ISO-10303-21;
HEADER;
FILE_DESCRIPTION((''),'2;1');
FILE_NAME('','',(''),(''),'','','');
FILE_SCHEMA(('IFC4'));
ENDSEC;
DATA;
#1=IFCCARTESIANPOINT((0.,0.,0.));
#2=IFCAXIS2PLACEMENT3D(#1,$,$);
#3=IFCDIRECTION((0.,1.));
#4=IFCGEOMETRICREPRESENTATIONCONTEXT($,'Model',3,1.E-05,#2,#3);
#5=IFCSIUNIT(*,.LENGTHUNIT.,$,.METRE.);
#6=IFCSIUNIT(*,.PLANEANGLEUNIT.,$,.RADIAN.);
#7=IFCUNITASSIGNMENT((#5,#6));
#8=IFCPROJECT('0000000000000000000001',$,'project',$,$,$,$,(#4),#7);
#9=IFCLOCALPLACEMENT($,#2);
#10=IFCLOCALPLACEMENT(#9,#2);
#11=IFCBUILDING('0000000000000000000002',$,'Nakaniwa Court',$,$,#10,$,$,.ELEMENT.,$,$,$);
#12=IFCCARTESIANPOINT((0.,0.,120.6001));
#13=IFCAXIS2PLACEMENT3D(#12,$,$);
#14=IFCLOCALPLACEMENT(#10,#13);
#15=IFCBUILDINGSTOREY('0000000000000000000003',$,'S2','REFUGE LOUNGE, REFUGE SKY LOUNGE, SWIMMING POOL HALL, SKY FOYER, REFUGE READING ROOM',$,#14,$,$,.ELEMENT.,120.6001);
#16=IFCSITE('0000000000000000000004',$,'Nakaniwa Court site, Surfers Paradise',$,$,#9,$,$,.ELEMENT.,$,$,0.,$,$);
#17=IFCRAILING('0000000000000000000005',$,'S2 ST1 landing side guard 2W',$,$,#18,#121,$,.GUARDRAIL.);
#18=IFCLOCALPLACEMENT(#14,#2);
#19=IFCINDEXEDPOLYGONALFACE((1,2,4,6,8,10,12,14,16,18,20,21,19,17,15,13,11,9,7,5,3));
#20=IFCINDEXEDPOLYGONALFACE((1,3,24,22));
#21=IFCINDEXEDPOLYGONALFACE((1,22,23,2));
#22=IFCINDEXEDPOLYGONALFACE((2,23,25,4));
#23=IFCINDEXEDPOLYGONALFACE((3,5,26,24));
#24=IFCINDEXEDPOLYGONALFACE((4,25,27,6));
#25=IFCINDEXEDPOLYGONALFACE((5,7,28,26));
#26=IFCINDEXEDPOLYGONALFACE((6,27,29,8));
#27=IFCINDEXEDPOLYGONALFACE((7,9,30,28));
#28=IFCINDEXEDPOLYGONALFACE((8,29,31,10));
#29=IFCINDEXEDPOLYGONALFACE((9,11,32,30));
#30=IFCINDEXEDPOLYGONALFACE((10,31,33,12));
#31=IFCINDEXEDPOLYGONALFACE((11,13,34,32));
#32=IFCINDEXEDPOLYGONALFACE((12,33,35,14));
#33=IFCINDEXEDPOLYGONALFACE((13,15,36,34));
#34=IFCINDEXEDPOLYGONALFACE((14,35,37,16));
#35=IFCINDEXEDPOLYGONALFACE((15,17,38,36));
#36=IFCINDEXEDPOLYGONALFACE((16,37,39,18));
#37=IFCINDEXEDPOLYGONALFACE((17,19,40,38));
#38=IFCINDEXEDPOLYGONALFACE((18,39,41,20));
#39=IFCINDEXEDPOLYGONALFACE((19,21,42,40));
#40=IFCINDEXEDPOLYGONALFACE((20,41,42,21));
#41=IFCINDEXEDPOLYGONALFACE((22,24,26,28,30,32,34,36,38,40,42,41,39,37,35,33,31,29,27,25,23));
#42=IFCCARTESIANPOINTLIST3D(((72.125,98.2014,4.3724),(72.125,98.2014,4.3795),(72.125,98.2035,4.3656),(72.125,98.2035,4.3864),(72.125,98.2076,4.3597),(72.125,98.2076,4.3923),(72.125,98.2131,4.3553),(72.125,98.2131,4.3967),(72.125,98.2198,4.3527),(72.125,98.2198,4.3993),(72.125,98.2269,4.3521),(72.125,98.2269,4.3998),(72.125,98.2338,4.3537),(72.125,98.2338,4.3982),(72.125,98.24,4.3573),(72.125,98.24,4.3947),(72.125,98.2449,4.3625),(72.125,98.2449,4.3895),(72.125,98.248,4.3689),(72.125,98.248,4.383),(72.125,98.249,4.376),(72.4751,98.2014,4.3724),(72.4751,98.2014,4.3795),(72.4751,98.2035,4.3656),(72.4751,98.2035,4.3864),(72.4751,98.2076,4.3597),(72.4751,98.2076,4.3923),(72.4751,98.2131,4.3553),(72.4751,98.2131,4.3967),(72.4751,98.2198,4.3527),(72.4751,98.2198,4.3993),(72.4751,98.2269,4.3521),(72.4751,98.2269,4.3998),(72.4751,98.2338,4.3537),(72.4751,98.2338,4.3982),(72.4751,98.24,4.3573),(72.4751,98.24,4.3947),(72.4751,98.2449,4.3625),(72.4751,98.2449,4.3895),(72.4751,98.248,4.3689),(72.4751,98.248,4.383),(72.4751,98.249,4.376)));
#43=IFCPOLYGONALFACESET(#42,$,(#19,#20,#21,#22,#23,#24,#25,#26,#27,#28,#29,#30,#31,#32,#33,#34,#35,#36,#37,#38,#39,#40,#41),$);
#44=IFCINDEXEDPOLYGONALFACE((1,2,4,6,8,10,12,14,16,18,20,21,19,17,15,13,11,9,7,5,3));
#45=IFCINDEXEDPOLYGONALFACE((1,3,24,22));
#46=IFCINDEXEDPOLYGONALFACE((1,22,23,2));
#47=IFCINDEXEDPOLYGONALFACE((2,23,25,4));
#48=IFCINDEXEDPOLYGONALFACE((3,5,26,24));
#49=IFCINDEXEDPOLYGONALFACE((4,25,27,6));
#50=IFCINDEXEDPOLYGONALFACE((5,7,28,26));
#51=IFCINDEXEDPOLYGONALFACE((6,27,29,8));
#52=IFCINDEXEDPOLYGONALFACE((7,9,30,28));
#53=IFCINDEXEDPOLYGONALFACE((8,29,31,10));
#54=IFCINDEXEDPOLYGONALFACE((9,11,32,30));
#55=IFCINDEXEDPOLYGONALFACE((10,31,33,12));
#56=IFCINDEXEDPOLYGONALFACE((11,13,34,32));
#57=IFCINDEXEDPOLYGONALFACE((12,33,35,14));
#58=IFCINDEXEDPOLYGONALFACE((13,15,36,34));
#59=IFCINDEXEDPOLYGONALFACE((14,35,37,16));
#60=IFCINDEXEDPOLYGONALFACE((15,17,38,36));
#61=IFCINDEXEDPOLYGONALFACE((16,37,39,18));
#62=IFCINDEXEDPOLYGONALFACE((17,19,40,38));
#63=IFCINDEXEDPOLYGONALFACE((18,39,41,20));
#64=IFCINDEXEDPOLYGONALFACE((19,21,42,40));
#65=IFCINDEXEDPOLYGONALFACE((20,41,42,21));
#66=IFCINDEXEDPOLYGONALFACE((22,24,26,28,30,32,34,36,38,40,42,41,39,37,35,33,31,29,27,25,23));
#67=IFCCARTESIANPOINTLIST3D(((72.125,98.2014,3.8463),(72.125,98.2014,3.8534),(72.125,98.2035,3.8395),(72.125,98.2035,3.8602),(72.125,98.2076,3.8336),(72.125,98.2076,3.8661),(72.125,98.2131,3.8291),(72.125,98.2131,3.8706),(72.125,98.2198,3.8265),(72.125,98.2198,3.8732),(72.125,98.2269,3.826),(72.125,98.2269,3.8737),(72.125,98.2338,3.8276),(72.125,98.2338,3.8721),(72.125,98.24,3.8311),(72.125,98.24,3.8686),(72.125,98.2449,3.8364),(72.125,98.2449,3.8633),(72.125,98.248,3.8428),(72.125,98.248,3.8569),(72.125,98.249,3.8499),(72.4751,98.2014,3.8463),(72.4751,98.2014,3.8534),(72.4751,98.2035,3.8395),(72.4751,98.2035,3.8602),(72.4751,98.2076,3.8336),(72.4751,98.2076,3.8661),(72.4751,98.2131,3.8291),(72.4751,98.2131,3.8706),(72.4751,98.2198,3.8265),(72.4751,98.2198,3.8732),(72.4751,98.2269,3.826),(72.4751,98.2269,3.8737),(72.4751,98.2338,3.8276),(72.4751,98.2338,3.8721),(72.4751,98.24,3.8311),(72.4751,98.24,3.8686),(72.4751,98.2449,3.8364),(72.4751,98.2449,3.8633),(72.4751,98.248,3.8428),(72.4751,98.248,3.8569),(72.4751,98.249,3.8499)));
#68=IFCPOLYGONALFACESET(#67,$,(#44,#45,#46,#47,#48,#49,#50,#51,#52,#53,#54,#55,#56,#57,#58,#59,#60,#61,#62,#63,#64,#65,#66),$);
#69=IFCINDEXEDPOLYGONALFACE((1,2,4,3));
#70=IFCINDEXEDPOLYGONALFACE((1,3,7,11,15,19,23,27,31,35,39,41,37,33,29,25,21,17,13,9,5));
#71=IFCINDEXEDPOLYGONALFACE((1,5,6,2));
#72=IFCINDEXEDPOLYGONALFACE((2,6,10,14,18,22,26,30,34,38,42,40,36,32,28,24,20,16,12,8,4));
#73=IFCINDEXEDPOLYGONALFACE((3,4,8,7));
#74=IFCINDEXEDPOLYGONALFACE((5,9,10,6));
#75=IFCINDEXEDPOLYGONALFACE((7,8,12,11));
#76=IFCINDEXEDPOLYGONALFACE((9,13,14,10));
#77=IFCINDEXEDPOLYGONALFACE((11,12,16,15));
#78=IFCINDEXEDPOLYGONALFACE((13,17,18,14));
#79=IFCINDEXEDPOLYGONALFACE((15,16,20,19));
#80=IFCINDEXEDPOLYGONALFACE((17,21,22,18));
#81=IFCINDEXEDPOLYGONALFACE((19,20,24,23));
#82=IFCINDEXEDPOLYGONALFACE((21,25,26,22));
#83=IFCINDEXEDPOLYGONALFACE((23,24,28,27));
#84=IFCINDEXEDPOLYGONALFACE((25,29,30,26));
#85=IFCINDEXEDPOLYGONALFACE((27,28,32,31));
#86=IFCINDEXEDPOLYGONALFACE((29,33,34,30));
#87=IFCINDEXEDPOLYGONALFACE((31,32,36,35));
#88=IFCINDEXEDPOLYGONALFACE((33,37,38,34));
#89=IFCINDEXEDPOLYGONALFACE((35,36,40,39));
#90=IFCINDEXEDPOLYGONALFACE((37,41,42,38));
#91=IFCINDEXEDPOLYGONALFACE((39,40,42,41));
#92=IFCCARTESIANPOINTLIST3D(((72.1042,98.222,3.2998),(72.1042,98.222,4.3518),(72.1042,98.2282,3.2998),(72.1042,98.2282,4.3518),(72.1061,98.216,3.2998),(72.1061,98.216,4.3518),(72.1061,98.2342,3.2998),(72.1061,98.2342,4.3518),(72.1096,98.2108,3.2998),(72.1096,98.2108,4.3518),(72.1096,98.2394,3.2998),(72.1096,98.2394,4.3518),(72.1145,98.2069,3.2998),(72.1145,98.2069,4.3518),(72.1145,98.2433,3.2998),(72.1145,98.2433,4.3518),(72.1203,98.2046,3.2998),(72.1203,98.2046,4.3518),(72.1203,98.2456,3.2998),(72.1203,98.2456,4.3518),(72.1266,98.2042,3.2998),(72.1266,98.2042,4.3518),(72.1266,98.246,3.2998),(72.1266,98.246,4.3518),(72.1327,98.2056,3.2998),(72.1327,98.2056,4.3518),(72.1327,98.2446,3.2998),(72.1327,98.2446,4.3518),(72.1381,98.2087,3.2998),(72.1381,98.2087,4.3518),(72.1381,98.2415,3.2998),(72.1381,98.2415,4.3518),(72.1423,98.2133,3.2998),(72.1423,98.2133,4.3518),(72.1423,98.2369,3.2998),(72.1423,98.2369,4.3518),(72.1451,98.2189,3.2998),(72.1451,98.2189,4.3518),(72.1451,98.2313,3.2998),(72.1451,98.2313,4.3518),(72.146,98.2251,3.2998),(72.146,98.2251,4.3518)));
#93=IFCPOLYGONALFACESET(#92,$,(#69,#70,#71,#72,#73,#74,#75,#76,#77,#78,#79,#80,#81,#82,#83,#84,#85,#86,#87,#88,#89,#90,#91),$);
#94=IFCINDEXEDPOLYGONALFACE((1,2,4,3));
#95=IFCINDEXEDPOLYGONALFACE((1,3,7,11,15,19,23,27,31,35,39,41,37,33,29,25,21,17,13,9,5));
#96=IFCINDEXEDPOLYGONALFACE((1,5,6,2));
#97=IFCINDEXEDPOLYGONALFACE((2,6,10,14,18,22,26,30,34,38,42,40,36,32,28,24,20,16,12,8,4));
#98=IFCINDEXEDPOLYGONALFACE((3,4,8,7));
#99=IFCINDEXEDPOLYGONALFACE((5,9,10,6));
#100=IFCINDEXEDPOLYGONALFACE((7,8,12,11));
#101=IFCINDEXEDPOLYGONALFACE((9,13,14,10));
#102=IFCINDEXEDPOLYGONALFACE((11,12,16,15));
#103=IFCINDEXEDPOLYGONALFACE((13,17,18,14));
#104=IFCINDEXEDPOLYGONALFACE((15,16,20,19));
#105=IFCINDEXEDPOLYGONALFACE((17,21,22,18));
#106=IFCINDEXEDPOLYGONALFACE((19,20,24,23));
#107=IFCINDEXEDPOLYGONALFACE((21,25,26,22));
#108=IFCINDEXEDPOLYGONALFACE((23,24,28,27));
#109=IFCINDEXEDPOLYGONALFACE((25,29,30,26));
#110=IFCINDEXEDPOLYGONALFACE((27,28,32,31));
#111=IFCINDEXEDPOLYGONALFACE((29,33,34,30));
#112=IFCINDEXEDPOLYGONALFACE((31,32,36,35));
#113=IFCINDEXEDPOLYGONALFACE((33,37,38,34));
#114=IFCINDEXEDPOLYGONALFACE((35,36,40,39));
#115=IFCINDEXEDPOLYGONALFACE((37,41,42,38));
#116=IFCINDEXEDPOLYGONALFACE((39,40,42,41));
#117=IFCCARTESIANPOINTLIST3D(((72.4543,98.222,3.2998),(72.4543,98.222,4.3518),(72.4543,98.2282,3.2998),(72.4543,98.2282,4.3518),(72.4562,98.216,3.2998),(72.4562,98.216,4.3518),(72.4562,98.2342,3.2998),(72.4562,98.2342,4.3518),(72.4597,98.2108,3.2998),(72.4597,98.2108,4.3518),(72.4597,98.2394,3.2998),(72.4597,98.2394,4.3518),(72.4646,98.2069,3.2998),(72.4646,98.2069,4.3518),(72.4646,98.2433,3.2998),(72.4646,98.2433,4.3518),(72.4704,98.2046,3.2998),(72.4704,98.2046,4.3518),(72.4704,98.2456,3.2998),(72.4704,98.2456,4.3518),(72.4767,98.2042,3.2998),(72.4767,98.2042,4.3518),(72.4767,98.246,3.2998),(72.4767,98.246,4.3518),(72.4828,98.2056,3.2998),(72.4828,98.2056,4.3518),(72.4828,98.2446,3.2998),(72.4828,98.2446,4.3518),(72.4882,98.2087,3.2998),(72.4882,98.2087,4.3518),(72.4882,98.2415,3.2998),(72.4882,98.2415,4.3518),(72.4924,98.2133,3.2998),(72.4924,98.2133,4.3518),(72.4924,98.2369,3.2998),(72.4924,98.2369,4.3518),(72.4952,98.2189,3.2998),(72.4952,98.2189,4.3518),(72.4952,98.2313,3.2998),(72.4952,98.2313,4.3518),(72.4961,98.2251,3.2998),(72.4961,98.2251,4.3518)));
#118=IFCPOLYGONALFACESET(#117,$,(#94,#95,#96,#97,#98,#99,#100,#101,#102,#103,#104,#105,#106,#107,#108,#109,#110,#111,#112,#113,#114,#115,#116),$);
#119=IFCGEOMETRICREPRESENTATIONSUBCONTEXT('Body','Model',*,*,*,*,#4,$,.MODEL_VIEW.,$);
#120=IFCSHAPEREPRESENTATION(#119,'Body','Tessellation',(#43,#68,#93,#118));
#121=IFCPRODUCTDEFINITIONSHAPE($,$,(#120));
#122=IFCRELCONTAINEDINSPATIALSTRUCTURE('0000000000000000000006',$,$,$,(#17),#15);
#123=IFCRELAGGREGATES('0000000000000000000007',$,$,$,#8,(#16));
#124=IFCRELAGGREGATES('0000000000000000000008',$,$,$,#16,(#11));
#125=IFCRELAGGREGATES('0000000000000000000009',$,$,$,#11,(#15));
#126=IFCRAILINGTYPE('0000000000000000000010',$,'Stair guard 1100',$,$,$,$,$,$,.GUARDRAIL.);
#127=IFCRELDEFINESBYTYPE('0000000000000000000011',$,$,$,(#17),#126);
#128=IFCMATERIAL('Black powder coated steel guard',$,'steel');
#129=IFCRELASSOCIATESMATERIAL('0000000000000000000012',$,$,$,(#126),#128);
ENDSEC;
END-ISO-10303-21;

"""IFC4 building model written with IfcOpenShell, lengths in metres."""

from ifc_helpers import new_model, si_unit, direction, frame, origin, origin_2d, place, context, subcontext, project, spatial, circle, extrude, material, type_object, element, save


model = new_model("IFC4")

# Units and contexts
model_context = context("Model", 3, precision=1e-05, world=origin(), true_north=direction((0.0, 1.0)))
body_context = subcontext(model_context, "Body", "Model", "MODEL_VIEW")
ifc_project = project(units=[si_unit("LENGTHUNIT", "METRE"), si_unit("PLANEANGLEUNIT", "RADIAN")], contexts=[model_context])

# Site, building, storey
site_placement = place(None, origin())
site = spatial("IfcSite", under=ifc_project, at=site_placement, Name="Nakaniwa Court site, Surfers Paradise", CompositionType="ELEMENT", RefElevation=0.0)
building_placement = place(site_placement, origin())
building = spatial("IfcBuilding", under=site, at=building_placement, Name="Nakaniwa Court", CompositionType="ELEMENT")
storey_placement = place(building_placement, frame((0.0, 0.0, 120.6001)))
storey = spatial("IfcBuildingStorey", under=building, at=storey_placement, Name="S2", Description="REFUGE LOUNGE, REFUGE SKY LOUNGE, SWIMMING POOL HALL, SKY FOYER, REFUGE READING ROOM", CompositionType="ELEMENT", Elevation=120.6001)

# Railing
ifc_material_1 = material(Name="Black powder coated steel guard", Category="steel")
railing_type_1 = type_object("IfcRailingType", Name="Stair guard 1100", PredefinedType="GUARDRAIL", material=ifc_material_1)
for number, where, name in (
    (1, (72.125, 98.2251, 3.2998), "S2 ST1 landing side guard 2W"),
):
    element("IfcRailing", number, at=place(storey_placement, frame(where)), inside=storey, type_object=railing_type_1, Name=name, PredefinedType="GUARDRAIL", context=body_context, shape_type="SweptSolid", body=[
        extrude(circle(Radius=0.0239, at=origin_2d()), frame((0.0, 0.0, 1.0762), z_axis=(1.0, 0.0, 0.0), x_axis=(0.0, 1.0, 0.0)), (0.0, 0.0, 1.0), 0.3501),
        extrude(circle(Radius=0.0239, at=origin_2d()), frame((0.0, 0.0, 0.55), z_axis=(1.0, 0.0, 0.0), x_axis=(0.0, 1.0, 0.0)), (0.0, 0.0, 1.0), 0.3501),
        extrude(circle(Radius=0.021, at=origin_2d()), origin(), (0.0, 0.0, 1.0), 1.052),
        extrude(circle(Radius=0.021, at=origin_2d()), frame((0.3501, 0.0, 0.0)), (0.0, 0.0, 1.0), 1.052),
    ])

save(model, "model.ifc")
